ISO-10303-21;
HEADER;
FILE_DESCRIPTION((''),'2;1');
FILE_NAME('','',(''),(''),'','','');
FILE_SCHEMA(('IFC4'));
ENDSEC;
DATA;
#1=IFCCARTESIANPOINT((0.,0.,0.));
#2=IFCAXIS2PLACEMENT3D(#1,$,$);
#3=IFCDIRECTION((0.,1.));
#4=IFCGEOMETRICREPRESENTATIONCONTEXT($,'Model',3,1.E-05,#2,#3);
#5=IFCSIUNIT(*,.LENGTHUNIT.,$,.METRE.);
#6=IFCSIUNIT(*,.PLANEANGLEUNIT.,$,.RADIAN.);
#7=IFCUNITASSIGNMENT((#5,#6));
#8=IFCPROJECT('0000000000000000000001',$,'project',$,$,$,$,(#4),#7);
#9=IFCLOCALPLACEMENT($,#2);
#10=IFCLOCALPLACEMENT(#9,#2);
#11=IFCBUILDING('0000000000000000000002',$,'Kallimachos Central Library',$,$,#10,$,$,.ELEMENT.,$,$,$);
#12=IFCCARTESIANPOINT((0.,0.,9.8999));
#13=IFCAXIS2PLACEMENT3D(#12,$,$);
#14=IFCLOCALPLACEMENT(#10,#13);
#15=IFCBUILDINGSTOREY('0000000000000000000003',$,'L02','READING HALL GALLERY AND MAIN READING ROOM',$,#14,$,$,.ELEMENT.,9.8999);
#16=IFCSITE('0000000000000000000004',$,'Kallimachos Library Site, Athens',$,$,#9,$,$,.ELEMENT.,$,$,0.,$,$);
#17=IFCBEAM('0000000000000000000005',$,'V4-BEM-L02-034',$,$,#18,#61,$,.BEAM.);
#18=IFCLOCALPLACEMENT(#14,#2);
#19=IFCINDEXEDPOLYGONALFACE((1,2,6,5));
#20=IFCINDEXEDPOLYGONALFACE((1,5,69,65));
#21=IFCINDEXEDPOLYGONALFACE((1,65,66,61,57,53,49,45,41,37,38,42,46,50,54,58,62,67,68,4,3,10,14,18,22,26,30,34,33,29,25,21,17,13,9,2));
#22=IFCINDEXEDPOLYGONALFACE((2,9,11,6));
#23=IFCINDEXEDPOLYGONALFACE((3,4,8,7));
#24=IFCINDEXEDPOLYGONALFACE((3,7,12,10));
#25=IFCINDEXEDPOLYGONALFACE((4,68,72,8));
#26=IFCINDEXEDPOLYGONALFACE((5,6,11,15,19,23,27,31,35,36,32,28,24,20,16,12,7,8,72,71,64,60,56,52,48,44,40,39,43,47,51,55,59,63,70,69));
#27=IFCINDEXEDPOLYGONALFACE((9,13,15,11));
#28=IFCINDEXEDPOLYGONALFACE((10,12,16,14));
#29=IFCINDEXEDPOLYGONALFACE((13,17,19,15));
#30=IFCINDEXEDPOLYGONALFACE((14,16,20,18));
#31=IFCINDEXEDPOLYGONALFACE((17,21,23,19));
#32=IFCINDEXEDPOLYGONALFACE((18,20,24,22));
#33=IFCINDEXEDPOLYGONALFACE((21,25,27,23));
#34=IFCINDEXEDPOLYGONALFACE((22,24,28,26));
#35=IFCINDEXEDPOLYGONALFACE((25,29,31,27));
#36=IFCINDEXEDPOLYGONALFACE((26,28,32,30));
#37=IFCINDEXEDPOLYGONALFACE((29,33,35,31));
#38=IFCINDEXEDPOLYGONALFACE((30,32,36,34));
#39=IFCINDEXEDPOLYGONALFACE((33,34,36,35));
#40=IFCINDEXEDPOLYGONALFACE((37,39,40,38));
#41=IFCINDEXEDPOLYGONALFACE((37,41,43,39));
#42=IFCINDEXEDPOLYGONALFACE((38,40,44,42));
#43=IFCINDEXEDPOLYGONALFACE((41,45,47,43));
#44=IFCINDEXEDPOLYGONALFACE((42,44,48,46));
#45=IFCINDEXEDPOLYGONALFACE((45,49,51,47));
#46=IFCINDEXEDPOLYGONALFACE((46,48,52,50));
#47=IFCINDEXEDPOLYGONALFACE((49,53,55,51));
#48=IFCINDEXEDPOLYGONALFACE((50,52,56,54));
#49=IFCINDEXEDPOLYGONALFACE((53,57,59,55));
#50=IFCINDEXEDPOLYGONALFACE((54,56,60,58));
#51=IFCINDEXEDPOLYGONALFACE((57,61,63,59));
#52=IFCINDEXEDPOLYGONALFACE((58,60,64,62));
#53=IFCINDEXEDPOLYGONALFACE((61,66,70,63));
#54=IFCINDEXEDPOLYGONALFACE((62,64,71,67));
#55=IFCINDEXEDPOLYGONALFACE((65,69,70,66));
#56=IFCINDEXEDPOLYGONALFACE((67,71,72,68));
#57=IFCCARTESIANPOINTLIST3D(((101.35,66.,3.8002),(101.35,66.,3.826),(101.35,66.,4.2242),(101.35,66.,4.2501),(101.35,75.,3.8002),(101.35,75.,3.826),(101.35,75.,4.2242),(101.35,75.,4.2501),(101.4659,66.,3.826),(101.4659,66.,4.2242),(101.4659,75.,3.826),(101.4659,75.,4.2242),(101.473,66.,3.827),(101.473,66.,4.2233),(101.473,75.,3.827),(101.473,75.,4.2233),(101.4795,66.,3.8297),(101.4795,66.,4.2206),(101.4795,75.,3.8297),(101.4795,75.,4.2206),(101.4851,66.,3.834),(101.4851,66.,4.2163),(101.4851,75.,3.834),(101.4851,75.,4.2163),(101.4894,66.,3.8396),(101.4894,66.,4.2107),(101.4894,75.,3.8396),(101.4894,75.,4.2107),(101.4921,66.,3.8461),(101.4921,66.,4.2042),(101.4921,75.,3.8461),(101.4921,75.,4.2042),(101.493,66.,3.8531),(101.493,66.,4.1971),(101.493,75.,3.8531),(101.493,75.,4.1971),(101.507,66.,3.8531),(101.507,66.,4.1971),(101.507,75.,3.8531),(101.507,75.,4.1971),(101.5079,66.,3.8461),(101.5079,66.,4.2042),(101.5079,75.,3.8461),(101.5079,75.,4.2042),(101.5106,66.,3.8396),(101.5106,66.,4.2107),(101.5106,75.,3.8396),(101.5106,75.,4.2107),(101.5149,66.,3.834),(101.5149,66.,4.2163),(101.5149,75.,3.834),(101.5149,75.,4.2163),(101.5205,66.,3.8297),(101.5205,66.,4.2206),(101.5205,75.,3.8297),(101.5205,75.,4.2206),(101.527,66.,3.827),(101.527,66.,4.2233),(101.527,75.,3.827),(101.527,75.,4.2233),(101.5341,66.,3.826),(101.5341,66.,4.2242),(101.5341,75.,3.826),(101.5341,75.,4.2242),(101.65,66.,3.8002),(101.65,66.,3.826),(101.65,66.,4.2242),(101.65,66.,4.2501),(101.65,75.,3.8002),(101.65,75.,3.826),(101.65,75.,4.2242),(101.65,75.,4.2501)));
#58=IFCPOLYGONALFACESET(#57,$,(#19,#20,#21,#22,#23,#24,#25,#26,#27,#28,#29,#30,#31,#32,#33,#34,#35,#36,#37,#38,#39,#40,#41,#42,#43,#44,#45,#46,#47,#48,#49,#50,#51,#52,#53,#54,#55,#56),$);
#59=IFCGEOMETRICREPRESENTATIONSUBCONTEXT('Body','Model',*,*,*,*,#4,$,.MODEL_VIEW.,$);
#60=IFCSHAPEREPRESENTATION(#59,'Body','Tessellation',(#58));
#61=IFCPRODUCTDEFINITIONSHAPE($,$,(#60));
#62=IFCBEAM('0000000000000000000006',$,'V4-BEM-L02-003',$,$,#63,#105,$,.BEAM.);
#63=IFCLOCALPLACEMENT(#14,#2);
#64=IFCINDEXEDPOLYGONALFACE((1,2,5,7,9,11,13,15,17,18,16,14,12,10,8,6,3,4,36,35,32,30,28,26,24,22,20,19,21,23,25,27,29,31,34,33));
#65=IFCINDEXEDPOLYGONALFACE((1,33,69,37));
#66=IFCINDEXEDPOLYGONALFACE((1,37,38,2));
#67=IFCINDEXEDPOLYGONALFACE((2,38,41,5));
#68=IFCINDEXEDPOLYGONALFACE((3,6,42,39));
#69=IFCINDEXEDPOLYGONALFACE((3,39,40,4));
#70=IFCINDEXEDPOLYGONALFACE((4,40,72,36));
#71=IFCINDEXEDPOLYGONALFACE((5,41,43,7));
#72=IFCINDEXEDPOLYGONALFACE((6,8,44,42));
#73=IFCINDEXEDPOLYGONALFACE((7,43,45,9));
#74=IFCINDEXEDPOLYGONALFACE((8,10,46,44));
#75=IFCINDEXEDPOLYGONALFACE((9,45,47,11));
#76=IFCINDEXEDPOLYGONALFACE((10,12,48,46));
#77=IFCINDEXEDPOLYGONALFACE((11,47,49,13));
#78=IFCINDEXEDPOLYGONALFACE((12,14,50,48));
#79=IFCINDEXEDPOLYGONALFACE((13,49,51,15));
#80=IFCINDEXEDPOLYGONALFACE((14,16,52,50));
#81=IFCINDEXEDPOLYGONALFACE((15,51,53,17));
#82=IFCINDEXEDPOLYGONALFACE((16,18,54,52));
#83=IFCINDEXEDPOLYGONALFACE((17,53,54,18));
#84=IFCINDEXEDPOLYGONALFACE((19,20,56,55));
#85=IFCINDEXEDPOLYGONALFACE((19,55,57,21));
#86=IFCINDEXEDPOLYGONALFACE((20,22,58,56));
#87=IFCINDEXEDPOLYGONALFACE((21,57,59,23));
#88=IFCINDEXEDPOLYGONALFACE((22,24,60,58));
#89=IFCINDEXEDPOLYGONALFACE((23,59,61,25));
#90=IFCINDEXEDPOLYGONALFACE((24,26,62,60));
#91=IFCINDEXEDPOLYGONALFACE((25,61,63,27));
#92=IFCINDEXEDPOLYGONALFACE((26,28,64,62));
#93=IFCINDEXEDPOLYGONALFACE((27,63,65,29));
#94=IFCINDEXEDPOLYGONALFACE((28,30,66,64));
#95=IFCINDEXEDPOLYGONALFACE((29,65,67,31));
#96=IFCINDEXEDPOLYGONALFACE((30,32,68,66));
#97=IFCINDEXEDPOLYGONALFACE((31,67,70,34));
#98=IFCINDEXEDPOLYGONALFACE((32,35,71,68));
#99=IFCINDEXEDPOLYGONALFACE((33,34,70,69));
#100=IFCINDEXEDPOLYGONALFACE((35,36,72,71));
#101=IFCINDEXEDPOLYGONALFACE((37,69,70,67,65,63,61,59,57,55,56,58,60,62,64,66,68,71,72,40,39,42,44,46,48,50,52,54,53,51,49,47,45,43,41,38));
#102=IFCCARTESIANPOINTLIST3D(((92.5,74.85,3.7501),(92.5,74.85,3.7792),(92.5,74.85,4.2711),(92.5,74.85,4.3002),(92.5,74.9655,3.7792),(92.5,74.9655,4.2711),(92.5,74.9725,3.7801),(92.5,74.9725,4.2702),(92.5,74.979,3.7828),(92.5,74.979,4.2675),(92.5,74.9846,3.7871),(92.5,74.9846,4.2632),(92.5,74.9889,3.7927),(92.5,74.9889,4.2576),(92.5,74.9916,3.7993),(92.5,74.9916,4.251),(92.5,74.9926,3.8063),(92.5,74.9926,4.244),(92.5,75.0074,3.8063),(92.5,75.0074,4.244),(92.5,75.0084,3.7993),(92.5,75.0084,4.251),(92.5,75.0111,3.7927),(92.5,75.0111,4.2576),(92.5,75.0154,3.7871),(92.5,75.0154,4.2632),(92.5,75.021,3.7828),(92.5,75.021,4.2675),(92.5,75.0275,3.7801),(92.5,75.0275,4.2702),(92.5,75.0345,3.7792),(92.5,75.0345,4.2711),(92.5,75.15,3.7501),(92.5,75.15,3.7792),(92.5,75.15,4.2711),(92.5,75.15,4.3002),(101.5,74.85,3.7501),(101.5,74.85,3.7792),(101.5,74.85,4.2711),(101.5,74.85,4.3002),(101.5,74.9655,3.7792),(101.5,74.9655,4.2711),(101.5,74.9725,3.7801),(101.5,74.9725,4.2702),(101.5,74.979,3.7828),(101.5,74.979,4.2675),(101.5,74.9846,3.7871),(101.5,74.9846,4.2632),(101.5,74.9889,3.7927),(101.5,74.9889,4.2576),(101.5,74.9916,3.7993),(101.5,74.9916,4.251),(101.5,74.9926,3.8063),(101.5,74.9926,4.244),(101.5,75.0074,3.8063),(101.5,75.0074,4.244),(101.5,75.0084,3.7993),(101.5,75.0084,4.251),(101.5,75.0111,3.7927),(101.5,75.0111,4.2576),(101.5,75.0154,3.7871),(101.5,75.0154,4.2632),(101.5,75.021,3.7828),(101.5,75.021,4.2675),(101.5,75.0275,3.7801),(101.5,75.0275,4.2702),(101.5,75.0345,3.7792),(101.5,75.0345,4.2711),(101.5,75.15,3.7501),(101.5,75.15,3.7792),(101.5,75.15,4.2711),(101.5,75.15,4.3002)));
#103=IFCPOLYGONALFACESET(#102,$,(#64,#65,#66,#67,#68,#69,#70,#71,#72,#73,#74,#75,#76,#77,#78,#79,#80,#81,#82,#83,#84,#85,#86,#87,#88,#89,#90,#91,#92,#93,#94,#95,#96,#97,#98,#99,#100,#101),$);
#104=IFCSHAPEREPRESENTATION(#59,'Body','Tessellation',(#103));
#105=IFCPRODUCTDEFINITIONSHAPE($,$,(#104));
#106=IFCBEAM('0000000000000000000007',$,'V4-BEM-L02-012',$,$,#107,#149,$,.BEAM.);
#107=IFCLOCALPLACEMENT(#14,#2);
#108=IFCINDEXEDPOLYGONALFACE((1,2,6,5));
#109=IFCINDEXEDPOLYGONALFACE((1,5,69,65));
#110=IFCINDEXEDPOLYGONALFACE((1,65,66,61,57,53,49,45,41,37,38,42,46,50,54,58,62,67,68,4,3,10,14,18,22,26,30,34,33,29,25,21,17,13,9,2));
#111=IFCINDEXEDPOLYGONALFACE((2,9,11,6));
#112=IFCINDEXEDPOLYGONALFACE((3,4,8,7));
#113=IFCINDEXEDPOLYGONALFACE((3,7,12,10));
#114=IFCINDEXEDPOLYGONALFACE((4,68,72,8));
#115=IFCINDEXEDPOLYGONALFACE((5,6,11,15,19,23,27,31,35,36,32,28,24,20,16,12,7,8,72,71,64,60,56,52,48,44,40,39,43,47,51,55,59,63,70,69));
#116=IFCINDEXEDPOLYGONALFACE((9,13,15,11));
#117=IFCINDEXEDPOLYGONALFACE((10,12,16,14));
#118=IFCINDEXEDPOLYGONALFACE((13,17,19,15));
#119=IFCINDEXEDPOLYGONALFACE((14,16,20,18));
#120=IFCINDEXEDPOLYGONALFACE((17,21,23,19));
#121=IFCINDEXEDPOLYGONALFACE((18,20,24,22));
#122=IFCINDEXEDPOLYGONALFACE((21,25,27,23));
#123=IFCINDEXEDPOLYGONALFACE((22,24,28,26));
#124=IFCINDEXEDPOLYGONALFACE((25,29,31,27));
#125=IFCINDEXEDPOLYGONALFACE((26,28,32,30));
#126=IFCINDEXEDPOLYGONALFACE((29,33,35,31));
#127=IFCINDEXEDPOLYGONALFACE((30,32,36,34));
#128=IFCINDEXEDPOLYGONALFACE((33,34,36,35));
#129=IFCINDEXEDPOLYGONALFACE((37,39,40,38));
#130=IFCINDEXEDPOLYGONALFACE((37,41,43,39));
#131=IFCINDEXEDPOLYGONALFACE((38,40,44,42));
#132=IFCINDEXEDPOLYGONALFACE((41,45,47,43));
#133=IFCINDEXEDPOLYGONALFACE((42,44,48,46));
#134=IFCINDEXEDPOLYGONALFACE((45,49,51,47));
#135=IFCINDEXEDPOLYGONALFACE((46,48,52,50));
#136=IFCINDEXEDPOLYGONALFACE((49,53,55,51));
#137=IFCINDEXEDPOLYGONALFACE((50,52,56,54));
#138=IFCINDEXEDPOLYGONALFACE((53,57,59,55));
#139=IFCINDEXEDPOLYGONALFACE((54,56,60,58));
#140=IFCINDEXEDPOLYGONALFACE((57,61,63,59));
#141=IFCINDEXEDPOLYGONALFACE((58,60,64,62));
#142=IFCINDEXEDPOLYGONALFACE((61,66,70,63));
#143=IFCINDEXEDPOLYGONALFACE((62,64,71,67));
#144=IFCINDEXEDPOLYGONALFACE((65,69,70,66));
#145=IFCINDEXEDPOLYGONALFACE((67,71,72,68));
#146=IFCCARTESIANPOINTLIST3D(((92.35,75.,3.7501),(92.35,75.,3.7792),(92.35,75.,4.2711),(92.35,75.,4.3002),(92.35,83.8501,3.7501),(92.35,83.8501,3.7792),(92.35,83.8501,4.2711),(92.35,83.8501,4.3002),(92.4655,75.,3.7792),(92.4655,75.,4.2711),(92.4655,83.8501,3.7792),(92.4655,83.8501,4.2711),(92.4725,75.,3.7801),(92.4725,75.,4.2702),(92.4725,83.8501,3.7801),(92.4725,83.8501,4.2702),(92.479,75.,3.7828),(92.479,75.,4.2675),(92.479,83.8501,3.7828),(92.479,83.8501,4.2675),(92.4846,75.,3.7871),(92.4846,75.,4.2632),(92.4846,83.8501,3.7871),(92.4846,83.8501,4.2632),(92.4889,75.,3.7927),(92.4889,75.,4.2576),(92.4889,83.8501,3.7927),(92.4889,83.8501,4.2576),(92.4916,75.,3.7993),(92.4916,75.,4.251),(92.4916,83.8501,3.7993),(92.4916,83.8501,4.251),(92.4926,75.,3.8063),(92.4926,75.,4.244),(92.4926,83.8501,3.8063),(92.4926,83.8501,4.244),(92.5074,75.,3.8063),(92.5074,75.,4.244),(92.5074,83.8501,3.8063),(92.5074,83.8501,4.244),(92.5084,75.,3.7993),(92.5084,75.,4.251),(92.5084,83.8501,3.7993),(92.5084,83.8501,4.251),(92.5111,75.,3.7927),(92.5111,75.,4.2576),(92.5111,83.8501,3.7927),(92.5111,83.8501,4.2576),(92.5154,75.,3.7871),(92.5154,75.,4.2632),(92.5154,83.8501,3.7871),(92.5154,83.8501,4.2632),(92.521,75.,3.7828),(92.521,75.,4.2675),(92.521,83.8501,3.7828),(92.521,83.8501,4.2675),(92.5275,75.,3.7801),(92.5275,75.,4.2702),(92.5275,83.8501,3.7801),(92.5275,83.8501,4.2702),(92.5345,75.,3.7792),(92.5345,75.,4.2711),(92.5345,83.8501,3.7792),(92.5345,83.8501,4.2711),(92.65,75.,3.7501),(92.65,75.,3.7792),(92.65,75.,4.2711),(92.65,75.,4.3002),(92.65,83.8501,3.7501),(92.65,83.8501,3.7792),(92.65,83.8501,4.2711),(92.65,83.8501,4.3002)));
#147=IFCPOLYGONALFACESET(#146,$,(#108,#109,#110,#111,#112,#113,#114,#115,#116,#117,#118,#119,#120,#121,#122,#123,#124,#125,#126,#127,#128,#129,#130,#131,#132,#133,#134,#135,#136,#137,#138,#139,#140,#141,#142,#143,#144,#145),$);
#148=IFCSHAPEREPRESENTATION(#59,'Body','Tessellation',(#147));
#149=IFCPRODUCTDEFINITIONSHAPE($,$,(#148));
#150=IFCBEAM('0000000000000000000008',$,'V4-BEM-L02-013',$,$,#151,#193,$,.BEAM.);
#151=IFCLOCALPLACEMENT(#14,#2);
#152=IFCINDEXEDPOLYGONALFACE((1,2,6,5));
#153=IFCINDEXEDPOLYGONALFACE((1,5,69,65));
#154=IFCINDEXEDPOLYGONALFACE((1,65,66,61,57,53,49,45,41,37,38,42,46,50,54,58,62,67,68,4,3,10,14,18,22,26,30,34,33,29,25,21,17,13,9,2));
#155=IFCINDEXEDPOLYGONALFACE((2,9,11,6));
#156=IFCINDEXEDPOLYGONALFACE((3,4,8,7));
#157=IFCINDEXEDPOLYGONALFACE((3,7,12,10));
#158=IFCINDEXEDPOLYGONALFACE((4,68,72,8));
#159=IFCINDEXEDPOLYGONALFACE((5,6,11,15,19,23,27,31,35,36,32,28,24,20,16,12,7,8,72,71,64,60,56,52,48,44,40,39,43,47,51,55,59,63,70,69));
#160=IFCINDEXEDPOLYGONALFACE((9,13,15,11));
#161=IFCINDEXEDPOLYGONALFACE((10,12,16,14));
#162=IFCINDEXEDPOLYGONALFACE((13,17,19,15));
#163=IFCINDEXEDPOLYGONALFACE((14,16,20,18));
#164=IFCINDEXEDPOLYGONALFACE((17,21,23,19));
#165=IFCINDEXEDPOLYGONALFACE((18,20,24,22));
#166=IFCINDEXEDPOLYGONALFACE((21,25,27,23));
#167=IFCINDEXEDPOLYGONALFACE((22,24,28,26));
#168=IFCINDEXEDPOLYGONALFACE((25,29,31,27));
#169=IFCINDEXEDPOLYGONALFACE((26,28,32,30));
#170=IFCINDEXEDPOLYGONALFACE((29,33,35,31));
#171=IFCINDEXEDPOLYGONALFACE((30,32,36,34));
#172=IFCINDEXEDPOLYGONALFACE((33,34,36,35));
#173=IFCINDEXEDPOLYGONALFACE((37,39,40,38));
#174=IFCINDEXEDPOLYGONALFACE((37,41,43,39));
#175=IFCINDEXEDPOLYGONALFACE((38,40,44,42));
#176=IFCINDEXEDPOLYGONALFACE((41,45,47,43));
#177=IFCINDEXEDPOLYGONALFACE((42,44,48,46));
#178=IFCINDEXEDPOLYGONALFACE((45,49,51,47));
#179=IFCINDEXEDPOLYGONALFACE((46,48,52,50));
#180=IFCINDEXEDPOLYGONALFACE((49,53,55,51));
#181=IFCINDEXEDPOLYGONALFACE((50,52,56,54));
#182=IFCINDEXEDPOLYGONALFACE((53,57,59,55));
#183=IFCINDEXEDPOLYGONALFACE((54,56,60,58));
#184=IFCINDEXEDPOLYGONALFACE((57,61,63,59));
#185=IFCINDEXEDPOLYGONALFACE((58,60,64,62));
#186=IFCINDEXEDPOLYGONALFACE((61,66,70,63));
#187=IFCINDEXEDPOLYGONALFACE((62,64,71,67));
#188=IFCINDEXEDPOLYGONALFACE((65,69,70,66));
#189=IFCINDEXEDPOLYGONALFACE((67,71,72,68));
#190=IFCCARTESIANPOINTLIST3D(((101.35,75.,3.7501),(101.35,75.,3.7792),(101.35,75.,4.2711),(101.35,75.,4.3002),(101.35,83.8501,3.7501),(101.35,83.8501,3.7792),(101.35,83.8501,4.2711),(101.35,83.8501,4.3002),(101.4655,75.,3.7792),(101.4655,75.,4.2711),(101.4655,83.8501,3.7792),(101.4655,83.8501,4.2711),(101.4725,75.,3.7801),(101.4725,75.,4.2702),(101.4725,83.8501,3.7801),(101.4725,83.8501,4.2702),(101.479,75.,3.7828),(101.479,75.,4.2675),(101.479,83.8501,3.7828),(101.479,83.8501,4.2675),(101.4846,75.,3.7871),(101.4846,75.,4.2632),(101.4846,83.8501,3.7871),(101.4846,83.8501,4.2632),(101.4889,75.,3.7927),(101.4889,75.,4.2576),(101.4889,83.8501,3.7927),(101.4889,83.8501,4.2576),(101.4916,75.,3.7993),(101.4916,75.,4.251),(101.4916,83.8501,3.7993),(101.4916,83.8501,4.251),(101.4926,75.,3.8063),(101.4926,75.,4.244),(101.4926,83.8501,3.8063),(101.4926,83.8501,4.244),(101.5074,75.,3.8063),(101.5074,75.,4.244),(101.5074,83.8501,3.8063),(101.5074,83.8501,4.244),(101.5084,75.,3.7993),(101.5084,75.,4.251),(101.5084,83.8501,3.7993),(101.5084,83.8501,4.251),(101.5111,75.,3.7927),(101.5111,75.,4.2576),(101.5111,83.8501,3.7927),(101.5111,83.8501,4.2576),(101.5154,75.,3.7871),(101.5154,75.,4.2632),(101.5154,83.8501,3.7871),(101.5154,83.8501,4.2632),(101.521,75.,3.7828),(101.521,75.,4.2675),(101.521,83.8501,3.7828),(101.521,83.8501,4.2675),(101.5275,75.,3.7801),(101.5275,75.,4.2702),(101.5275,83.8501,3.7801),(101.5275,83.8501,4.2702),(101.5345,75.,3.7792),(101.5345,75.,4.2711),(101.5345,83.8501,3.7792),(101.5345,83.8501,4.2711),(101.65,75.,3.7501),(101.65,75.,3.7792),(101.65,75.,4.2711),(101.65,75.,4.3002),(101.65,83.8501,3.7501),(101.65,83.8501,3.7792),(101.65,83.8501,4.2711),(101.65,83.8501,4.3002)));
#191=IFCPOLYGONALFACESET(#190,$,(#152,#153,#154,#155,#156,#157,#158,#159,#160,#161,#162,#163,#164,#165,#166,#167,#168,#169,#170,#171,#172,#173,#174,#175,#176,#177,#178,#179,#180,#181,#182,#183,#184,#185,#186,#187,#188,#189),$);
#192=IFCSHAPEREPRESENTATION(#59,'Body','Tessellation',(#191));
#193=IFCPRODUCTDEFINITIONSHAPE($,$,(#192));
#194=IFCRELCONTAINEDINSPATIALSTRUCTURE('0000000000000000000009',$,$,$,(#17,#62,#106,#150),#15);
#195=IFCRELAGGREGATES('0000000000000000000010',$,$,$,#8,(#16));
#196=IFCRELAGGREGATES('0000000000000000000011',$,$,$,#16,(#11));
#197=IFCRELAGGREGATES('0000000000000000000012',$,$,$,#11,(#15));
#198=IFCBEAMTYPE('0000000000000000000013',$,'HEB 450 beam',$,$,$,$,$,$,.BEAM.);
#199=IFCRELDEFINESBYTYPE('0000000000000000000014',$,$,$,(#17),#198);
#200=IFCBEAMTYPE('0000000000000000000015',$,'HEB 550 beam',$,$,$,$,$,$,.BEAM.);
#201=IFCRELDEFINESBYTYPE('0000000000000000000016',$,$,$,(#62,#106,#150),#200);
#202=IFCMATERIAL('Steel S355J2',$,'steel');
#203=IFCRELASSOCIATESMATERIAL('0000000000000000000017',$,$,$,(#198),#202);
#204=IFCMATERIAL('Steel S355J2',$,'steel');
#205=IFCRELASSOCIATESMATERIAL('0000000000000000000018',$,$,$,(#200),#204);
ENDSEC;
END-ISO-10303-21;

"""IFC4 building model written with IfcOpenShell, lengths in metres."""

from ifc_helpers import new_model, si_unit, direction, frame, origin, origin_2d, place, context, subcontext, project, spatial, i_section, extrude, material, material_profile, profile_set, type_object, element, save


model = new_model("IFC4")

# Units and contexts
model_context = context("Model", 3, precision=1e-05, world=origin(), true_north=direction((0.0, 1.0)))
body_context = subcontext(model_context, "Body", "Model", "MODEL_VIEW")
ifc_project = project(units=[si_unit("LENGTHUNIT", "METRE"), si_unit("PLANEANGLEUNIT", "RADIAN")], contexts=[model_context])

# Site, building, storey
site_placement = place(None, origin())
site = spatial("IfcSite", under=ifc_project, at=site_placement, Name="Kallimachos Library Site, Athens", CompositionType="ELEMENT", RefElevation=0.0)
building_placement = place(site_placement, origin())
building = spatial("IfcBuilding", under=site, at=building_placement, Name="Kallimachos Central Library", CompositionType="ELEMENT")
storey_placement = place(building_placement, frame((0.0, 0.0, 9.8999)))
storey = spatial("IfcBuildingStorey", under=building, at=storey_placement, Name="L02", Description="READING HALL GALLERY AND MAIN READING ROOM", CompositionType="ELEMENT", Elevation=9.8999)

# Beams
ifc_material_1 = material(Name="Steel S355J2", Category="steel")
ifc_material_profile_1 = material_profile(ifc_material_1, i_section(OverallWidth=0.3, OverallDepth=0.45, WebThickness=0.0139, FlangeThickness=0.0259, FilletRadius=0.0271, at=origin_2d()), Name="HEB 450")
ifc_profile_set_1 = profile_set([ifc_material_profile_1], Name="Steel S355J2")
beam_type_1 = type_object("IfcBeamType", Name="HEB 450 beam", PredefinedType="BEAM", material=ifc_profile_set_1)
for number, where, z_axis, x_axis, name in (
    (1, (101.5, 66.0, 4.0251), (0.0, 1.0, 0.0), (-1.0, 0.0, 0.0), "V4-BEM-L02-034"),
):
    element("IfcBeam", number, at=place(storey_placement, frame(where, z_axis=z_axis, x_axis=x_axis)), inside=storey, type_object=beam_type_1, Name=name, PredefinedType="BEAM", context=body_context, shape_type="SweptSolid", body=[
        extrude(i_section(OverallWidth=0.3, OverallDepth=0.45, WebThickness=0.0139, FlangeThickness=0.0259, FilletRadius=0.0271, at=origin_2d()), origin(), (0.0, 0.0, 1.0), 9.0),
    ])
ifc_material_2 = material(Name="Steel S355J2", Category="steel")
ifc_material_profile_2 = material_profile(ifc_material_2, i_section(OverallWidth=0.3, OverallDepth=0.55, WebThickness=0.0149, FlangeThickness=0.0291, FilletRadius=0.0271, at=origin_2d()), Name="HEB 550")
ifc_profile_set_2 = profile_set([ifc_material_profile_2], Name="Steel S355J2")
beam_type_2 = type_object("IfcBeamType", Name="HEB 550 beam", PredefinedType="BEAM", material=ifc_profile_set_2)
beam_placement = place(storey_placement, frame((92.5, 75.0, 4.0251), z_axis=(1.0, 0.0, 0.0), x_axis=(0.0, 1.0, 0.0)))
element("IfcBeam", 2, at=beam_placement, inside=storey, type_object=beam_type_2, Name="V4-BEM-L02-003", PredefinedType="BEAM", context=body_context, shape_type="SweptSolid", body=[
    extrude(i_section(OverallWidth=0.3, OverallDepth=0.55, WebThickness=0.0149, FlangeThickness=0.0291, FilletRadius=0.0271, at=origin_2d()), origin(), (0.0, 0.0, 1.0), 9.0),
])
for number, where, z_axis, x_axis, name in (
    (3, (92.5, 75.0, 4.0251), (0.0, 1.0, 0.0), (-1.0, 0.0, 0.0), "V4-BEM-L02-012"),
    (4, (101.5, 75.0, 4.0251), (0.0, 1.0, 0.0), (-1.0, 0.0, 0.0), "V4-BEM-L02-013"),
):
    element("IfcBeam", number, at=place(storey_placement, frame(where, z_axis=z_axis, x_axis=x_axis)), inside=storey, type_object=beam_type_2, Name=name, PredefinedType="BEAM", context=body_context, shape_type="SweptSolid", body=[
        extrude(i_section(OverallWidth=0.3, OverallDepth=0.55, WebThickness=0.0149, FlangeThickness=0.0291, FilletRadius=0.0271, at=origin_2d()), origin(), (0.0, 0.0, 1.0), 8.8501),
    ])

save(model, "model.ifc")
